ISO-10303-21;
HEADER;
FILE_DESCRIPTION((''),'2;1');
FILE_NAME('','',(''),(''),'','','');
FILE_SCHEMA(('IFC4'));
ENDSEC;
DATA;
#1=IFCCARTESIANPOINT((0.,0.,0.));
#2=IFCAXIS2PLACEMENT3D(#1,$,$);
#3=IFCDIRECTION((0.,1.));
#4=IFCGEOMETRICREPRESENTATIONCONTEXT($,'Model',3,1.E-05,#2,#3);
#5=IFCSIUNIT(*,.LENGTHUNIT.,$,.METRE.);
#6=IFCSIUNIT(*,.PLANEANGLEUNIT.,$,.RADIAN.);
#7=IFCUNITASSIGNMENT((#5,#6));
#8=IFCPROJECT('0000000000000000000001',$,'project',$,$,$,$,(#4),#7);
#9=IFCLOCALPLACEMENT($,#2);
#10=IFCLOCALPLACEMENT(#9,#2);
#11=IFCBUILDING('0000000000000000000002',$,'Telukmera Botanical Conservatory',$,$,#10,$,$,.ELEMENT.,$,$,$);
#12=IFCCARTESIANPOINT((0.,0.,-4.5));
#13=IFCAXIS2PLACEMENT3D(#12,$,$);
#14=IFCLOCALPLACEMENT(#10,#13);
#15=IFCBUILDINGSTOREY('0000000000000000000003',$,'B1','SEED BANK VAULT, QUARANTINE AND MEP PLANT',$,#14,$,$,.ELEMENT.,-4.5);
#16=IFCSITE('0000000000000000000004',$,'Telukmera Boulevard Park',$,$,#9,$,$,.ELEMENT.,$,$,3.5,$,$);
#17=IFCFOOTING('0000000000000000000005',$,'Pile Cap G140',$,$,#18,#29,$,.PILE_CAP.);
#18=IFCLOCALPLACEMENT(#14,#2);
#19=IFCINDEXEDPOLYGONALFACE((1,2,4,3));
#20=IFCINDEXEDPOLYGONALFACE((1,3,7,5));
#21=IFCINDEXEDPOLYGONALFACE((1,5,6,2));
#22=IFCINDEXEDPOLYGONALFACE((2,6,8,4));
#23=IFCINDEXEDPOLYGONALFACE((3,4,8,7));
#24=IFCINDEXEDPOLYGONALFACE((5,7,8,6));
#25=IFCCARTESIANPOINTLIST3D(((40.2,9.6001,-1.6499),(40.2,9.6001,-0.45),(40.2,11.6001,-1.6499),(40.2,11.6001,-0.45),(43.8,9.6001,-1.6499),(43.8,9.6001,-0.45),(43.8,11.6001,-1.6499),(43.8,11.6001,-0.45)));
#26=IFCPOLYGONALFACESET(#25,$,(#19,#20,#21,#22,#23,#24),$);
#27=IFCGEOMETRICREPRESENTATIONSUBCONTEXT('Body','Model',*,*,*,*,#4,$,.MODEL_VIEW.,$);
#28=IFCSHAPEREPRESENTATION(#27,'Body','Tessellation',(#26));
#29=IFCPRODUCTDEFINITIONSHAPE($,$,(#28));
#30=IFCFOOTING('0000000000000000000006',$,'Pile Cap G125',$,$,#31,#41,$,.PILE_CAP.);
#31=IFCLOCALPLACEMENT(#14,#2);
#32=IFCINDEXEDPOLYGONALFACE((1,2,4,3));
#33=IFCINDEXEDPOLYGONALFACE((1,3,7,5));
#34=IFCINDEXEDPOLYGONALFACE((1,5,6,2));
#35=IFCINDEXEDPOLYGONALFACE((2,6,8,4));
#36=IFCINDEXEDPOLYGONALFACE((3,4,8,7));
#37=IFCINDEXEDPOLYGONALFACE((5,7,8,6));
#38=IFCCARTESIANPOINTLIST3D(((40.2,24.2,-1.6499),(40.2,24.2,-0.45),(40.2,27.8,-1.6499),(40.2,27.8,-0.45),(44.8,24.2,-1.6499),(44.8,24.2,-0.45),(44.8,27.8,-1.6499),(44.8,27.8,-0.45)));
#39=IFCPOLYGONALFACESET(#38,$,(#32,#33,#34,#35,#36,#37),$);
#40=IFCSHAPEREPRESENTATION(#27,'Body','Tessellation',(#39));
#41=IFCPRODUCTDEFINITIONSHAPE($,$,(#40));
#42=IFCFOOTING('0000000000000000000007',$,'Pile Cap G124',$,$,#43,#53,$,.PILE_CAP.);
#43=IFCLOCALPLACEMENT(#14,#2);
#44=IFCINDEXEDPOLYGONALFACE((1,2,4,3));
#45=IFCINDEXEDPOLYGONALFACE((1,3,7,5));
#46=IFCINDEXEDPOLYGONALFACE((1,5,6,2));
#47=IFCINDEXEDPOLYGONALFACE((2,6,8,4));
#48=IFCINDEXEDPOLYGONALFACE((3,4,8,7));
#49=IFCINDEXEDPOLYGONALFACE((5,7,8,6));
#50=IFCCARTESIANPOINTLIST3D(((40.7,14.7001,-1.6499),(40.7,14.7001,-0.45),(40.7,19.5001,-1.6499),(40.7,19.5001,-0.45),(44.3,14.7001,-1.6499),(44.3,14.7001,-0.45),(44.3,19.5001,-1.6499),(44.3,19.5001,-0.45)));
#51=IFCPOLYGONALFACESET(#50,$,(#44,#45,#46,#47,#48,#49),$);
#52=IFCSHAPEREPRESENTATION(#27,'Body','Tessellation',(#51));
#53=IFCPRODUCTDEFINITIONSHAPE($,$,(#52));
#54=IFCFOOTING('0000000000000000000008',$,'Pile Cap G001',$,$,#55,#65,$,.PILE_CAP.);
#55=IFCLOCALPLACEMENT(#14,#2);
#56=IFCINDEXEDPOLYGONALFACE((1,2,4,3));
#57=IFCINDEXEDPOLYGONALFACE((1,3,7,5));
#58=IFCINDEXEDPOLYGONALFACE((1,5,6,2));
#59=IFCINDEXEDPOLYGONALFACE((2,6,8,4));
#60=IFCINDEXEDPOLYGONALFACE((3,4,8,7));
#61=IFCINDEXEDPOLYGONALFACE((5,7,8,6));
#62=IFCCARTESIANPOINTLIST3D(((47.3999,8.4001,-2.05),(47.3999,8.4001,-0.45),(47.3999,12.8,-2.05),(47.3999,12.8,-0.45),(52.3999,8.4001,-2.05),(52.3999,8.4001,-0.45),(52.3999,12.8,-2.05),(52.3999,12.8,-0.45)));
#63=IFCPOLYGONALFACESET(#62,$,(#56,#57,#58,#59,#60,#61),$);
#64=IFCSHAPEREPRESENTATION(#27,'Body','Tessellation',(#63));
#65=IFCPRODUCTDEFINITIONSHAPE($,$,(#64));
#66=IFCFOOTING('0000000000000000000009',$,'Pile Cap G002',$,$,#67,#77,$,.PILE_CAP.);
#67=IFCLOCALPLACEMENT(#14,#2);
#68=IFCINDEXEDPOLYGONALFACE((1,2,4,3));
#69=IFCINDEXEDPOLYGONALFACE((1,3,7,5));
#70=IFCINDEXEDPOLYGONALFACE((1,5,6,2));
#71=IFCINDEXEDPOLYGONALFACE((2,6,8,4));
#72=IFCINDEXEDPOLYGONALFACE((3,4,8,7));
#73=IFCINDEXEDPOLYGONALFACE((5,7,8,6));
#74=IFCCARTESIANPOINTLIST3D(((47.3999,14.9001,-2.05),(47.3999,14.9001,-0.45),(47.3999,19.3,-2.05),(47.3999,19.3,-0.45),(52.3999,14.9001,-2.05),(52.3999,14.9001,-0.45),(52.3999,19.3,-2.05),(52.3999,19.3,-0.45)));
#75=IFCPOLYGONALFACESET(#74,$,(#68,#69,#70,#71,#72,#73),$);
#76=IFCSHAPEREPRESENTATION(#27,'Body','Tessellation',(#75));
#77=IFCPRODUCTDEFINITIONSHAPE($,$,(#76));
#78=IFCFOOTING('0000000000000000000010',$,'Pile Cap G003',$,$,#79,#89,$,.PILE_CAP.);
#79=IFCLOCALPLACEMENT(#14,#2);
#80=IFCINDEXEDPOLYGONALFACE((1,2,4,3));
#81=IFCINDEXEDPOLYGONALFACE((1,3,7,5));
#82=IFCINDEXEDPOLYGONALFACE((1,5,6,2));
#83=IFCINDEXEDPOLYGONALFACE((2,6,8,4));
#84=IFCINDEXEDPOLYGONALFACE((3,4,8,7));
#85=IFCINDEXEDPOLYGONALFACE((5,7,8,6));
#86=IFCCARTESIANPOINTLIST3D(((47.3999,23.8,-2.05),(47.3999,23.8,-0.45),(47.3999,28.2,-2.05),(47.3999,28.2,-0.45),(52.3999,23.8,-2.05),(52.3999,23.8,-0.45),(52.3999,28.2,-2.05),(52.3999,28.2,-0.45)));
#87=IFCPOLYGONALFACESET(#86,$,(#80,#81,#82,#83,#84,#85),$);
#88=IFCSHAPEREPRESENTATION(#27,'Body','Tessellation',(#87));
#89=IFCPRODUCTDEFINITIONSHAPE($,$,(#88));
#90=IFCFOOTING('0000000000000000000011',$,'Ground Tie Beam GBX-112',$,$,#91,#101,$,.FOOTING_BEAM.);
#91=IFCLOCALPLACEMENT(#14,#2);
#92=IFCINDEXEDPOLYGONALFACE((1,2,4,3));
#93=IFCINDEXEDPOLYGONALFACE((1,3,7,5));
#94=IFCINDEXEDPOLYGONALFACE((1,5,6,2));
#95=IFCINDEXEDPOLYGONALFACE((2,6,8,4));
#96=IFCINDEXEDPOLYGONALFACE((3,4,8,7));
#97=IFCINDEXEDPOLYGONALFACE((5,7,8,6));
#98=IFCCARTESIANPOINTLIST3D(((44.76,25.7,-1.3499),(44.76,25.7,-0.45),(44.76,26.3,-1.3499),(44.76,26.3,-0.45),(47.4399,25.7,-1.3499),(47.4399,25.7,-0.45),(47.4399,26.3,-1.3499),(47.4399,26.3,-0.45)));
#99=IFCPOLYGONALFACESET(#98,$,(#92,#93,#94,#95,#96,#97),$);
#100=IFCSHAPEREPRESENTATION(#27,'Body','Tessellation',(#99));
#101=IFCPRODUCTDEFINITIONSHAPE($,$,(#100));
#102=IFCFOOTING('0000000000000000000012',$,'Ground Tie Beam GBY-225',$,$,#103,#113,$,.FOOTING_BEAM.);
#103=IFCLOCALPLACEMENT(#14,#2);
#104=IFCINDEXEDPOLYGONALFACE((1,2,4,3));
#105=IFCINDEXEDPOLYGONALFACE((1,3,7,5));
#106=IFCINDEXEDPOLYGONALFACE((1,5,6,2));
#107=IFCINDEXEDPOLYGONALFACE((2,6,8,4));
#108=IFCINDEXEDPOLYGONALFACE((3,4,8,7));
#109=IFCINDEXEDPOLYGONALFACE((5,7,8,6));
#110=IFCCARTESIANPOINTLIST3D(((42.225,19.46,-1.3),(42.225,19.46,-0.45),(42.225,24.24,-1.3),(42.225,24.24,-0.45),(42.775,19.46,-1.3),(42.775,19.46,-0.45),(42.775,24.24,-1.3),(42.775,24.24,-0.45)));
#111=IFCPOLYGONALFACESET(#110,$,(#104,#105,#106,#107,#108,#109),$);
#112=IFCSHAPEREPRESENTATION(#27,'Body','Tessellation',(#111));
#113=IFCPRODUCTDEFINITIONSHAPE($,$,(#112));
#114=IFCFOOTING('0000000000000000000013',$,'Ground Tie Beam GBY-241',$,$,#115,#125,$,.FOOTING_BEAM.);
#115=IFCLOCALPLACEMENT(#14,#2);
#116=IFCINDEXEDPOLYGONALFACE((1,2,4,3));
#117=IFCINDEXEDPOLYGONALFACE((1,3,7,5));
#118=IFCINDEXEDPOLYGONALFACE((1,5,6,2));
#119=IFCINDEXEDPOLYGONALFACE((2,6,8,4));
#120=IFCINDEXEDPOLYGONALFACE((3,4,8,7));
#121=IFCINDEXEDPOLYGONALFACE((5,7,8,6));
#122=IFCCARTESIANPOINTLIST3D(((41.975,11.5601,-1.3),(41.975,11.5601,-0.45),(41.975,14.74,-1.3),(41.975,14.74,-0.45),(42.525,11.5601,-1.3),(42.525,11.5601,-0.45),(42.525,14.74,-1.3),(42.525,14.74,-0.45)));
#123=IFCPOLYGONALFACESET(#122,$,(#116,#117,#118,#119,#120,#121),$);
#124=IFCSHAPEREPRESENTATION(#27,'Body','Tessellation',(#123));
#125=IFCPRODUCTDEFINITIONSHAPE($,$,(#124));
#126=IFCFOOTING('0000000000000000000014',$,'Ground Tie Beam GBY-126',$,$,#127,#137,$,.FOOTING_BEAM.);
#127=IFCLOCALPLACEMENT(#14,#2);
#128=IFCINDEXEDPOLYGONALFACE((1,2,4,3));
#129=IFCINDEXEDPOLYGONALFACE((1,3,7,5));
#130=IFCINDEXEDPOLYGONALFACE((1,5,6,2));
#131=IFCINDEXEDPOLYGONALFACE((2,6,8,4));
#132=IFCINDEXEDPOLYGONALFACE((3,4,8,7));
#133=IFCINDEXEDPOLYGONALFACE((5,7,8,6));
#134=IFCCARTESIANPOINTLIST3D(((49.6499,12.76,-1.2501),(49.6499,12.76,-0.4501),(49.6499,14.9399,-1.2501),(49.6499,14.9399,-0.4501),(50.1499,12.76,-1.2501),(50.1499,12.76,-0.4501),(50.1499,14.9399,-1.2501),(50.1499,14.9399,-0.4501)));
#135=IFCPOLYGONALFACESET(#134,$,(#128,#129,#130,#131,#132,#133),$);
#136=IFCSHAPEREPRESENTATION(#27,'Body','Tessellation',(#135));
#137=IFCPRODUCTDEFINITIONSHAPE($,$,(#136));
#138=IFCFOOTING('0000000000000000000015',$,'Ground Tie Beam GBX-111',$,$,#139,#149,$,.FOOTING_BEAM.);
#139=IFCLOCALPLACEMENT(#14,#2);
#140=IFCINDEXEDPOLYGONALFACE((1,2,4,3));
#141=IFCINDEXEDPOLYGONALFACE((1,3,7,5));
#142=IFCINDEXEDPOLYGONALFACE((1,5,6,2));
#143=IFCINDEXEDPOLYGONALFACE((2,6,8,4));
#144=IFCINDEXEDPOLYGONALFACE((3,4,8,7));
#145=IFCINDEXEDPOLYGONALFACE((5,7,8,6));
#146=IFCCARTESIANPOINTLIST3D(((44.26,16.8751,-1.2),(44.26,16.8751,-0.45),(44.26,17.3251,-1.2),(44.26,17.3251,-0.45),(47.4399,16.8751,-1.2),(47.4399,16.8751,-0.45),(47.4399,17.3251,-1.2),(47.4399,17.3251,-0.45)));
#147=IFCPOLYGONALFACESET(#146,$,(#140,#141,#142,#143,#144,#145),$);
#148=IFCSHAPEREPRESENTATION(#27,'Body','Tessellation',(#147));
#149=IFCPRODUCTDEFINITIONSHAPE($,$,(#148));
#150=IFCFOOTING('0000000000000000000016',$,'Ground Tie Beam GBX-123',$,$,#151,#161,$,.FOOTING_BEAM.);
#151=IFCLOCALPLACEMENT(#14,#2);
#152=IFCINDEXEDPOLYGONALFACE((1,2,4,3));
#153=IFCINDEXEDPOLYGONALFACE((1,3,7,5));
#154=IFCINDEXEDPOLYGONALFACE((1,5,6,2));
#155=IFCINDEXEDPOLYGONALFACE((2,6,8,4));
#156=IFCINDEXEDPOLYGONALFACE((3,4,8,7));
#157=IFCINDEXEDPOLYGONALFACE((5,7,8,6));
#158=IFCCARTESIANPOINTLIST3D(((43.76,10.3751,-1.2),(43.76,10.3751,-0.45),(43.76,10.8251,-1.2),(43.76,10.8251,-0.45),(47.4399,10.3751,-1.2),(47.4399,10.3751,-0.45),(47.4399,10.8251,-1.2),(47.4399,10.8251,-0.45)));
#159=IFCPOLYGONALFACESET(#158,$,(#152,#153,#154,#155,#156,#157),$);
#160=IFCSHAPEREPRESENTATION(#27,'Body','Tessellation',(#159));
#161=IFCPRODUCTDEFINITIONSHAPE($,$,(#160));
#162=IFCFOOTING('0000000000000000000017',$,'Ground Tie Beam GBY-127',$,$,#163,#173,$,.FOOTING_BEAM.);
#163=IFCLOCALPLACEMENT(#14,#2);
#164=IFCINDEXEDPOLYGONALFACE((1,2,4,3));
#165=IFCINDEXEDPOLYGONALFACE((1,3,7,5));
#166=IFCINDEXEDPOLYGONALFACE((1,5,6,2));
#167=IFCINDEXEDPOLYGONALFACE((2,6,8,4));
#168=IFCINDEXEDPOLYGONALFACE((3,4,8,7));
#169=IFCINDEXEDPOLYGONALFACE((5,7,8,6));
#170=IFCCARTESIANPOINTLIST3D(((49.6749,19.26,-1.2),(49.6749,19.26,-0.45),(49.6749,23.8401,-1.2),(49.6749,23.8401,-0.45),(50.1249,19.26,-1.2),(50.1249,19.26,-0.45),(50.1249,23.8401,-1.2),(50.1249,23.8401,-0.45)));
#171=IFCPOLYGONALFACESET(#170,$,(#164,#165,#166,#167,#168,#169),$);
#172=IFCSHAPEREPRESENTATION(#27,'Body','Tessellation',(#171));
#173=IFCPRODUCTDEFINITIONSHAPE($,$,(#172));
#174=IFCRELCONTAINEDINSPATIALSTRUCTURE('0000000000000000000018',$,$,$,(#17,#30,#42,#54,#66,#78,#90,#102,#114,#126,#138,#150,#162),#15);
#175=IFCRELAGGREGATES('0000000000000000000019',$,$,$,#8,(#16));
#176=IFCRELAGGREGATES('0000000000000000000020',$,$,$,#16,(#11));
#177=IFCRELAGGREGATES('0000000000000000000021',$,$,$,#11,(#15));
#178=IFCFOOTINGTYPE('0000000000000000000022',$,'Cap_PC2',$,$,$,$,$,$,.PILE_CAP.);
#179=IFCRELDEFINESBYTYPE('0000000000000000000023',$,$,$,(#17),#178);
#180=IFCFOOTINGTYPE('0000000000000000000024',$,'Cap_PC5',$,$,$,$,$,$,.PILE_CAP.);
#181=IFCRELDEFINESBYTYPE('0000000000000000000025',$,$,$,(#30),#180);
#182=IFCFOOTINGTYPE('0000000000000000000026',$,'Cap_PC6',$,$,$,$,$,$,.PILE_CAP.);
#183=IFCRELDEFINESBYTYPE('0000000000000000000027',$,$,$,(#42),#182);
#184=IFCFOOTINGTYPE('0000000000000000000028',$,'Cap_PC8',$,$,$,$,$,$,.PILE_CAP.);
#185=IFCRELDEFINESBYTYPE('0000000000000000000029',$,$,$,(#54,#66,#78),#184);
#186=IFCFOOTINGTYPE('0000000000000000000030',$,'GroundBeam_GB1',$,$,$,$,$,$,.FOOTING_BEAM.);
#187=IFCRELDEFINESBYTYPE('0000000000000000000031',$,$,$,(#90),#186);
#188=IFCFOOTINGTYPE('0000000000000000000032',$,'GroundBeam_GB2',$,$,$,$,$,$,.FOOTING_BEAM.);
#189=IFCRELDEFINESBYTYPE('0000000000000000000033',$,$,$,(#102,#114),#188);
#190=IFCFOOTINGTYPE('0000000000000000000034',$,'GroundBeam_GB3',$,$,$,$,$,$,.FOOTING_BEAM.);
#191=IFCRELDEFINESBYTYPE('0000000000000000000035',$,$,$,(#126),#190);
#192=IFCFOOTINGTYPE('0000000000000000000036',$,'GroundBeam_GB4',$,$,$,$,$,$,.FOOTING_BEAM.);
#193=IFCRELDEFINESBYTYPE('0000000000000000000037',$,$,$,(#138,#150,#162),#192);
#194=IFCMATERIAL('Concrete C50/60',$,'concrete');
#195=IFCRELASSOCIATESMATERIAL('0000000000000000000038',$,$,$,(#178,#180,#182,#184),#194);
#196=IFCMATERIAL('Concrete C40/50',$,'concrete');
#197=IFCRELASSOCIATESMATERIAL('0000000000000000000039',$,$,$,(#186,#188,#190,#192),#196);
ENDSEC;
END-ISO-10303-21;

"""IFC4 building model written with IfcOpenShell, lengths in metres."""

from ifc_helpers import new_model, si_unit, direction, frame, origin, origin_2d, place, context, subcontext, project, spatial, rectangle, extrude, material, material_profile, profile_set, type_object, element, save


model = new_model("IFC4")

# Units and contexts
model_context = context("Model", 3, precision=1e-05, world=origin(), true_north=direction((0.0, 1.0)))
body_context = subcontext(model_context, "Body", "Model", "MODEL_VIEW")
ifc_project = project(units=[si_unit("LENGTHUNIT", "METRE"), si_unit("PLANEANGLEUNIT", "RADIAN")], contexts=[model_context])

# Site, building, storey
site_placement = place(None, origin())
site = spatial("IfcSite", under=ifc_project, at=site_placement, Name="Telukmera Boulevard Park", CompositionType="ELEMENT", RefElevation=3.5)
building_placement = place(site_placement, origin())
building = spatial("IfcBuilding", under=site, at=building_placement, Name="Telukmera Botanical Conservatory", CompositionType="ELEMENT")
storey_placement = place(building_placement, frame((0.0, 0.0, -4.5)))
storey = spatial("IfcBuildingStorey", under=building, at=storey_placement, Name="B1", Description="SEED BANK VAULT, QUARANTINE AND MEP PLANT", CompositionType="ELEMENT", Elevation=-4.5)

# Footings
ifc_material_1 = material(Name="Concrete C50/60", Category="concrete")
footing_type_1 = type_object("IfcFootingType", Name="Cap_PC2", PredefinedType="PILE_CAP", material=ifc_material_1)
footing_1_placement = place(storey_placement, frame((42.0, 10.6001, -1.6499), z_axis=(0.0, 0.0, 1.0), x_axis=(1.0, 0.0, 0.0)))
element("IfcFooting", 1, at=footing_1_placement, inside=storey, type_object=footing_type_1, Name="Pile Cap G140", PredefinedType="PILE_CAP", context=body_context, shape_type="SweptSolid", body=[
    extrude(rectangle(XDim=3.6001, YDim=2.0, at=origin_2d()), origin(), (0.0, 0.0, 1.0), 1.2),
])
footing_type_2 = type_object("IfcFootingType", Name="Cap_PC5", PredefinedType="PILE_CAP", material=ifc_material_1)
footing_2_placement = place(storey_placement, frame((42.5, 26.0, -1.6499), z_axis=(0.0, 0.0, 1.0), x_axis=(1.0, 0.0, 0.0)))
element("IfcFooting", 2, at=footing_2_placement, inside=storey, type_object=footing_type_2, Name="Pile Cap G125", PredefinedType="PILE_CAP", context=body_context, shape_type="SweptSolid", body=[
    extrude(rectangle(XDim=4.6001, YDim=3.6001, at=origin_2d()), origin(), (0.0, 0.0, 1.0), 1.2),
])
footing_type_3 = type_object("IfcFootingType", Name="Cap_PC6", PredefinedType="PILE_CAP", material=ifc_material_1)
footing_3_placement = place(storey_placement, frame((42.5, 17.1001, -1.6499), z_axis=(0.0, 0.0, 1.0), x_axis=(1.0, 0.0, 0.0)))
element("IfcFooting", 3, at=footing_3_placement, inside=storey, type_object=footing_type_3, Name="Pile Cap G124", PredefinedType="PILE_CAP", context=body_context, shape_type="SweptSolid", body=[
    extrude(rectangle(XDim=3.6001, YDim=4.8, at=origin_2d()), origin(), (0.0, 0.0, 1.0), 1.2),
])
footing_type_4 = type_object("IfcFootingType", Name="Cap_PC8", PredefinedType="PILE_CAP", material=ifc_material_1)
for number, where, z_axis, x_axis, name in (
    (4, (49.8999, 10.6001, -2.05), (0.0, 0.0, 1.0), (1.0, 0.0, 0.0), "Pile Cap G001"),
    (5, (49.8999, 17.1001, -2.05), (0.0, 0.0, 1.0), (1.0, 0.0, 0.0), "Pile Cap G002"),
    (6, (49.8999, 26.0, -2.05), (0.0, 0.0, 1.0), (1.0, 0.0, 0.0), "Pile Cap G003"),
):
    element("IfcFooting", number, at=place(storey_placement, frame(where, z_axis=z_axis, x_axis=x_axis)), inside=storey, type_object=footing_type_4, Name=name, PredefinedType="PILE_CAP", context=body_context, shape_type="SweptSolid", body=[
        extrude(rectangle(XDim=5.0, YDim=4.3999, at=origin_2d()), origin(), (0.0, 0.0, 1.0), 1.6001),
    ])
ifc_material_2 = material(Name="Concrete C40/50", Category="concrete")
ifc_material_profile_1 = material_profile(ifc_material_2, rectangle(XDim=0.6001, YDim=0.8999, at=origin_2d()), Name="RC 600x900")
ifc_profile_set_1 = profile_set([ifc_material_profile_1], Name="Concrete C40/50")
footing_type_5 = type_object("IfcFootingType", Name="GroundBeam_GB1", PredefinedType="FOOTING_BEAM", material=ifc_profile_set_1)
footing_4_placement = place(storey_placement, frame((44.76, 26.0, -0.8999), z_axis=(1.0, 0.0, 0.0), x_axis=(0.0, 1.0, 0.0)))
element("IfcFooting", 7, at=footing_4_placement, inside=storey, type_object=footing_type_5, Name="Ground Tie Beam GBX-112", PredefinedType="FOOTING_BEAM", context=body_context, shape_type="SweptSolid", body=[
    extrude(rectangle(XDim=0.6001, YDim=0.8999, at=origin_2d()), origin(), (0.0, 0.0, 1.0), 2.6799),
])
ifc_material_profile_2 = material_profile(ifc_material_2, rectangle(XDim=0.55, YDim=0.8501, at=origin_2d()), Name="RC 550x850")
ifc_profile_set_2 = profile_set([ifc_material_profile_2], Name="Concrete C40/50")
footing_type_6 = type_object("IfcFootingType", Name="GroundBeam_GB2", PredefinedType="FOOTING_BEAM", material=ifc_profile_set_2)
footing_5_placement = place(storey_placement, frame((42.5, 19.46, -0.875), z_axis=(0.0, 1.0, 0.0), x_axis=(-1.0, 0.0, 0.0)))
element("IfcFooting", 8, at=footing_5_placement, inside=storey, type_object=footing_type_6, Name="Ground Tie Beam GBY-225", PredefinedType="FOOTING_BEAM", context=body_context, shape_type="SweptSolid", body=[
    extrude(rectangle(XDim=0.55, YDim=0.8501, at=origin_2d()), origin(), (0.0, 0.0, 1.0), 4.78),
])
footing_6_placement = place(storey_placement, frame((42.25, 11.5601, -0.875), z_axis=(0.0, 1.0, 0.0), x_axis=(-1.0, 0.0, 0.0)))
element("IfcFooting", 9, at=footing_6_placement, inside=storey, type_object=footing_type_6, Name="Ground Tie Beam GBY-241", PredefinedType="FOOTING_BEAM", context=body_context, shape_type="SweptSolid", body=[
    extrude(rectangle(XDim=0.55, YDim=0.8501, at=origin_2d()), origin(), (0.0, 0.0, 1.0), 3.1799),
])
ifc_material_profile_3 = material_profile(ifc_material_2, rectangle(XDim=0.5, YDim=0.8, at=origin_2d()), Name="RC 500x800")
ifc_profile_set_3 = profile_set([ifc_material_profile_3], Name="Concrete C40/50")
footing_type_7 = type_object("IfcFootingType", Name="GroundBeam_GB3", PredefinedType="FOOTING_BEAM", material=ifc_profile_set_3)
footing_7_placement = place(storey_placement, frame((49.8999, 12.76, -0.8501), z_axis=(0.0, 1.0, 0.0), x_axis=(-1.0, 0.0, 0.0)))
element("IfcFooting", 10, at=footing_7_placement, inside=storey, type_object=footing_type_7, Name="Ground Tie Beam GBY-126", PredefinedType="FOOTING_BEAM", context=body_context, shape_type="SweptSolid", body=[
    extrude(rectangle(XDim=0.5, YDim=0.8, at=origin_2d()), origin(), (0.0, 0.0, 1.0), 2.1799),
])
ifc_material_profile_4 = material_profile(ifc_material_2, rectangle(XDim=0.45, YDim=0.75, at=origin_2d()), Name="RC 450x750")
ifc_profile_set_4 = profile_set([ifc_material_profile_4], Name="Concrete C40/50")
footing_type_8 = type_object("IfcFootingType", Name="GroundBeam_GB4", PredefinedType="FOOTING_BEAM", material=ifc_profile_set_4)
footing_8_placement = place(storey_placement, frame((44.26, 17.1001, -0.825), z_axis=(1.0, 0.0, 0.0), x_axis=(0.0, 1.0, 0.0)))
element("IfcFooting", 11, at=footing_8_placement, inside=storey, type_object=footing_type_8, Name="Ground Tie Beam GBX-111", PredefinedType="FOOTING_BEAM", context=body_context, shape_type="SweptSolid", body=[
    extrude(rectangle(XDim=0.45, YDim=0.75, at=origin_2d()), origin(), (0.0, 0.0, 1.0), 3.1799),
])
footing_9_placement = place(storey_placement, frame((43.76, 10.6001, -0.825), z_axis=(1.0, 0.0, 0.0), x_axis=(0.0, 1.0, 0.0)))
element("IfcFooting", 12, at=footing_9_placement, inside=storey, type_object=footing_type_8, Name="Ground Tie Beam GBX-123", PredefinedType="FOOTING_BEAM", context=body_context, shape_type="SweptSolid", body=[
    extrude(rectangle(XDim=0.45, YDim=0.75, at=origin_2d()), origin(), (0.0, 0.0, 1.0), 3.6799),
])
footing_10_placement = place(storey_placement, frame((49.8999, 19.26, -0.825), z_axis=(0.0, 1.0, 0.0), x_axis=(-1.0, 0.0, 0.0)))
element("IfcFooting", 13, at=footing_10_placement, inside=storey, type_object=footing_type_8, Name="Ground Tie Beam GBY-127", PredefinedType="FOOTING_BEAM", context=body_context, shape_type="SweptSolid", body=[
    extrude(rectangle(XDim=0.45, YDim=0.75, at=origin_2d()), origin(), (0.0, 0.0, 1.0), 4.5801),
])

save(model, "model.ifc")
